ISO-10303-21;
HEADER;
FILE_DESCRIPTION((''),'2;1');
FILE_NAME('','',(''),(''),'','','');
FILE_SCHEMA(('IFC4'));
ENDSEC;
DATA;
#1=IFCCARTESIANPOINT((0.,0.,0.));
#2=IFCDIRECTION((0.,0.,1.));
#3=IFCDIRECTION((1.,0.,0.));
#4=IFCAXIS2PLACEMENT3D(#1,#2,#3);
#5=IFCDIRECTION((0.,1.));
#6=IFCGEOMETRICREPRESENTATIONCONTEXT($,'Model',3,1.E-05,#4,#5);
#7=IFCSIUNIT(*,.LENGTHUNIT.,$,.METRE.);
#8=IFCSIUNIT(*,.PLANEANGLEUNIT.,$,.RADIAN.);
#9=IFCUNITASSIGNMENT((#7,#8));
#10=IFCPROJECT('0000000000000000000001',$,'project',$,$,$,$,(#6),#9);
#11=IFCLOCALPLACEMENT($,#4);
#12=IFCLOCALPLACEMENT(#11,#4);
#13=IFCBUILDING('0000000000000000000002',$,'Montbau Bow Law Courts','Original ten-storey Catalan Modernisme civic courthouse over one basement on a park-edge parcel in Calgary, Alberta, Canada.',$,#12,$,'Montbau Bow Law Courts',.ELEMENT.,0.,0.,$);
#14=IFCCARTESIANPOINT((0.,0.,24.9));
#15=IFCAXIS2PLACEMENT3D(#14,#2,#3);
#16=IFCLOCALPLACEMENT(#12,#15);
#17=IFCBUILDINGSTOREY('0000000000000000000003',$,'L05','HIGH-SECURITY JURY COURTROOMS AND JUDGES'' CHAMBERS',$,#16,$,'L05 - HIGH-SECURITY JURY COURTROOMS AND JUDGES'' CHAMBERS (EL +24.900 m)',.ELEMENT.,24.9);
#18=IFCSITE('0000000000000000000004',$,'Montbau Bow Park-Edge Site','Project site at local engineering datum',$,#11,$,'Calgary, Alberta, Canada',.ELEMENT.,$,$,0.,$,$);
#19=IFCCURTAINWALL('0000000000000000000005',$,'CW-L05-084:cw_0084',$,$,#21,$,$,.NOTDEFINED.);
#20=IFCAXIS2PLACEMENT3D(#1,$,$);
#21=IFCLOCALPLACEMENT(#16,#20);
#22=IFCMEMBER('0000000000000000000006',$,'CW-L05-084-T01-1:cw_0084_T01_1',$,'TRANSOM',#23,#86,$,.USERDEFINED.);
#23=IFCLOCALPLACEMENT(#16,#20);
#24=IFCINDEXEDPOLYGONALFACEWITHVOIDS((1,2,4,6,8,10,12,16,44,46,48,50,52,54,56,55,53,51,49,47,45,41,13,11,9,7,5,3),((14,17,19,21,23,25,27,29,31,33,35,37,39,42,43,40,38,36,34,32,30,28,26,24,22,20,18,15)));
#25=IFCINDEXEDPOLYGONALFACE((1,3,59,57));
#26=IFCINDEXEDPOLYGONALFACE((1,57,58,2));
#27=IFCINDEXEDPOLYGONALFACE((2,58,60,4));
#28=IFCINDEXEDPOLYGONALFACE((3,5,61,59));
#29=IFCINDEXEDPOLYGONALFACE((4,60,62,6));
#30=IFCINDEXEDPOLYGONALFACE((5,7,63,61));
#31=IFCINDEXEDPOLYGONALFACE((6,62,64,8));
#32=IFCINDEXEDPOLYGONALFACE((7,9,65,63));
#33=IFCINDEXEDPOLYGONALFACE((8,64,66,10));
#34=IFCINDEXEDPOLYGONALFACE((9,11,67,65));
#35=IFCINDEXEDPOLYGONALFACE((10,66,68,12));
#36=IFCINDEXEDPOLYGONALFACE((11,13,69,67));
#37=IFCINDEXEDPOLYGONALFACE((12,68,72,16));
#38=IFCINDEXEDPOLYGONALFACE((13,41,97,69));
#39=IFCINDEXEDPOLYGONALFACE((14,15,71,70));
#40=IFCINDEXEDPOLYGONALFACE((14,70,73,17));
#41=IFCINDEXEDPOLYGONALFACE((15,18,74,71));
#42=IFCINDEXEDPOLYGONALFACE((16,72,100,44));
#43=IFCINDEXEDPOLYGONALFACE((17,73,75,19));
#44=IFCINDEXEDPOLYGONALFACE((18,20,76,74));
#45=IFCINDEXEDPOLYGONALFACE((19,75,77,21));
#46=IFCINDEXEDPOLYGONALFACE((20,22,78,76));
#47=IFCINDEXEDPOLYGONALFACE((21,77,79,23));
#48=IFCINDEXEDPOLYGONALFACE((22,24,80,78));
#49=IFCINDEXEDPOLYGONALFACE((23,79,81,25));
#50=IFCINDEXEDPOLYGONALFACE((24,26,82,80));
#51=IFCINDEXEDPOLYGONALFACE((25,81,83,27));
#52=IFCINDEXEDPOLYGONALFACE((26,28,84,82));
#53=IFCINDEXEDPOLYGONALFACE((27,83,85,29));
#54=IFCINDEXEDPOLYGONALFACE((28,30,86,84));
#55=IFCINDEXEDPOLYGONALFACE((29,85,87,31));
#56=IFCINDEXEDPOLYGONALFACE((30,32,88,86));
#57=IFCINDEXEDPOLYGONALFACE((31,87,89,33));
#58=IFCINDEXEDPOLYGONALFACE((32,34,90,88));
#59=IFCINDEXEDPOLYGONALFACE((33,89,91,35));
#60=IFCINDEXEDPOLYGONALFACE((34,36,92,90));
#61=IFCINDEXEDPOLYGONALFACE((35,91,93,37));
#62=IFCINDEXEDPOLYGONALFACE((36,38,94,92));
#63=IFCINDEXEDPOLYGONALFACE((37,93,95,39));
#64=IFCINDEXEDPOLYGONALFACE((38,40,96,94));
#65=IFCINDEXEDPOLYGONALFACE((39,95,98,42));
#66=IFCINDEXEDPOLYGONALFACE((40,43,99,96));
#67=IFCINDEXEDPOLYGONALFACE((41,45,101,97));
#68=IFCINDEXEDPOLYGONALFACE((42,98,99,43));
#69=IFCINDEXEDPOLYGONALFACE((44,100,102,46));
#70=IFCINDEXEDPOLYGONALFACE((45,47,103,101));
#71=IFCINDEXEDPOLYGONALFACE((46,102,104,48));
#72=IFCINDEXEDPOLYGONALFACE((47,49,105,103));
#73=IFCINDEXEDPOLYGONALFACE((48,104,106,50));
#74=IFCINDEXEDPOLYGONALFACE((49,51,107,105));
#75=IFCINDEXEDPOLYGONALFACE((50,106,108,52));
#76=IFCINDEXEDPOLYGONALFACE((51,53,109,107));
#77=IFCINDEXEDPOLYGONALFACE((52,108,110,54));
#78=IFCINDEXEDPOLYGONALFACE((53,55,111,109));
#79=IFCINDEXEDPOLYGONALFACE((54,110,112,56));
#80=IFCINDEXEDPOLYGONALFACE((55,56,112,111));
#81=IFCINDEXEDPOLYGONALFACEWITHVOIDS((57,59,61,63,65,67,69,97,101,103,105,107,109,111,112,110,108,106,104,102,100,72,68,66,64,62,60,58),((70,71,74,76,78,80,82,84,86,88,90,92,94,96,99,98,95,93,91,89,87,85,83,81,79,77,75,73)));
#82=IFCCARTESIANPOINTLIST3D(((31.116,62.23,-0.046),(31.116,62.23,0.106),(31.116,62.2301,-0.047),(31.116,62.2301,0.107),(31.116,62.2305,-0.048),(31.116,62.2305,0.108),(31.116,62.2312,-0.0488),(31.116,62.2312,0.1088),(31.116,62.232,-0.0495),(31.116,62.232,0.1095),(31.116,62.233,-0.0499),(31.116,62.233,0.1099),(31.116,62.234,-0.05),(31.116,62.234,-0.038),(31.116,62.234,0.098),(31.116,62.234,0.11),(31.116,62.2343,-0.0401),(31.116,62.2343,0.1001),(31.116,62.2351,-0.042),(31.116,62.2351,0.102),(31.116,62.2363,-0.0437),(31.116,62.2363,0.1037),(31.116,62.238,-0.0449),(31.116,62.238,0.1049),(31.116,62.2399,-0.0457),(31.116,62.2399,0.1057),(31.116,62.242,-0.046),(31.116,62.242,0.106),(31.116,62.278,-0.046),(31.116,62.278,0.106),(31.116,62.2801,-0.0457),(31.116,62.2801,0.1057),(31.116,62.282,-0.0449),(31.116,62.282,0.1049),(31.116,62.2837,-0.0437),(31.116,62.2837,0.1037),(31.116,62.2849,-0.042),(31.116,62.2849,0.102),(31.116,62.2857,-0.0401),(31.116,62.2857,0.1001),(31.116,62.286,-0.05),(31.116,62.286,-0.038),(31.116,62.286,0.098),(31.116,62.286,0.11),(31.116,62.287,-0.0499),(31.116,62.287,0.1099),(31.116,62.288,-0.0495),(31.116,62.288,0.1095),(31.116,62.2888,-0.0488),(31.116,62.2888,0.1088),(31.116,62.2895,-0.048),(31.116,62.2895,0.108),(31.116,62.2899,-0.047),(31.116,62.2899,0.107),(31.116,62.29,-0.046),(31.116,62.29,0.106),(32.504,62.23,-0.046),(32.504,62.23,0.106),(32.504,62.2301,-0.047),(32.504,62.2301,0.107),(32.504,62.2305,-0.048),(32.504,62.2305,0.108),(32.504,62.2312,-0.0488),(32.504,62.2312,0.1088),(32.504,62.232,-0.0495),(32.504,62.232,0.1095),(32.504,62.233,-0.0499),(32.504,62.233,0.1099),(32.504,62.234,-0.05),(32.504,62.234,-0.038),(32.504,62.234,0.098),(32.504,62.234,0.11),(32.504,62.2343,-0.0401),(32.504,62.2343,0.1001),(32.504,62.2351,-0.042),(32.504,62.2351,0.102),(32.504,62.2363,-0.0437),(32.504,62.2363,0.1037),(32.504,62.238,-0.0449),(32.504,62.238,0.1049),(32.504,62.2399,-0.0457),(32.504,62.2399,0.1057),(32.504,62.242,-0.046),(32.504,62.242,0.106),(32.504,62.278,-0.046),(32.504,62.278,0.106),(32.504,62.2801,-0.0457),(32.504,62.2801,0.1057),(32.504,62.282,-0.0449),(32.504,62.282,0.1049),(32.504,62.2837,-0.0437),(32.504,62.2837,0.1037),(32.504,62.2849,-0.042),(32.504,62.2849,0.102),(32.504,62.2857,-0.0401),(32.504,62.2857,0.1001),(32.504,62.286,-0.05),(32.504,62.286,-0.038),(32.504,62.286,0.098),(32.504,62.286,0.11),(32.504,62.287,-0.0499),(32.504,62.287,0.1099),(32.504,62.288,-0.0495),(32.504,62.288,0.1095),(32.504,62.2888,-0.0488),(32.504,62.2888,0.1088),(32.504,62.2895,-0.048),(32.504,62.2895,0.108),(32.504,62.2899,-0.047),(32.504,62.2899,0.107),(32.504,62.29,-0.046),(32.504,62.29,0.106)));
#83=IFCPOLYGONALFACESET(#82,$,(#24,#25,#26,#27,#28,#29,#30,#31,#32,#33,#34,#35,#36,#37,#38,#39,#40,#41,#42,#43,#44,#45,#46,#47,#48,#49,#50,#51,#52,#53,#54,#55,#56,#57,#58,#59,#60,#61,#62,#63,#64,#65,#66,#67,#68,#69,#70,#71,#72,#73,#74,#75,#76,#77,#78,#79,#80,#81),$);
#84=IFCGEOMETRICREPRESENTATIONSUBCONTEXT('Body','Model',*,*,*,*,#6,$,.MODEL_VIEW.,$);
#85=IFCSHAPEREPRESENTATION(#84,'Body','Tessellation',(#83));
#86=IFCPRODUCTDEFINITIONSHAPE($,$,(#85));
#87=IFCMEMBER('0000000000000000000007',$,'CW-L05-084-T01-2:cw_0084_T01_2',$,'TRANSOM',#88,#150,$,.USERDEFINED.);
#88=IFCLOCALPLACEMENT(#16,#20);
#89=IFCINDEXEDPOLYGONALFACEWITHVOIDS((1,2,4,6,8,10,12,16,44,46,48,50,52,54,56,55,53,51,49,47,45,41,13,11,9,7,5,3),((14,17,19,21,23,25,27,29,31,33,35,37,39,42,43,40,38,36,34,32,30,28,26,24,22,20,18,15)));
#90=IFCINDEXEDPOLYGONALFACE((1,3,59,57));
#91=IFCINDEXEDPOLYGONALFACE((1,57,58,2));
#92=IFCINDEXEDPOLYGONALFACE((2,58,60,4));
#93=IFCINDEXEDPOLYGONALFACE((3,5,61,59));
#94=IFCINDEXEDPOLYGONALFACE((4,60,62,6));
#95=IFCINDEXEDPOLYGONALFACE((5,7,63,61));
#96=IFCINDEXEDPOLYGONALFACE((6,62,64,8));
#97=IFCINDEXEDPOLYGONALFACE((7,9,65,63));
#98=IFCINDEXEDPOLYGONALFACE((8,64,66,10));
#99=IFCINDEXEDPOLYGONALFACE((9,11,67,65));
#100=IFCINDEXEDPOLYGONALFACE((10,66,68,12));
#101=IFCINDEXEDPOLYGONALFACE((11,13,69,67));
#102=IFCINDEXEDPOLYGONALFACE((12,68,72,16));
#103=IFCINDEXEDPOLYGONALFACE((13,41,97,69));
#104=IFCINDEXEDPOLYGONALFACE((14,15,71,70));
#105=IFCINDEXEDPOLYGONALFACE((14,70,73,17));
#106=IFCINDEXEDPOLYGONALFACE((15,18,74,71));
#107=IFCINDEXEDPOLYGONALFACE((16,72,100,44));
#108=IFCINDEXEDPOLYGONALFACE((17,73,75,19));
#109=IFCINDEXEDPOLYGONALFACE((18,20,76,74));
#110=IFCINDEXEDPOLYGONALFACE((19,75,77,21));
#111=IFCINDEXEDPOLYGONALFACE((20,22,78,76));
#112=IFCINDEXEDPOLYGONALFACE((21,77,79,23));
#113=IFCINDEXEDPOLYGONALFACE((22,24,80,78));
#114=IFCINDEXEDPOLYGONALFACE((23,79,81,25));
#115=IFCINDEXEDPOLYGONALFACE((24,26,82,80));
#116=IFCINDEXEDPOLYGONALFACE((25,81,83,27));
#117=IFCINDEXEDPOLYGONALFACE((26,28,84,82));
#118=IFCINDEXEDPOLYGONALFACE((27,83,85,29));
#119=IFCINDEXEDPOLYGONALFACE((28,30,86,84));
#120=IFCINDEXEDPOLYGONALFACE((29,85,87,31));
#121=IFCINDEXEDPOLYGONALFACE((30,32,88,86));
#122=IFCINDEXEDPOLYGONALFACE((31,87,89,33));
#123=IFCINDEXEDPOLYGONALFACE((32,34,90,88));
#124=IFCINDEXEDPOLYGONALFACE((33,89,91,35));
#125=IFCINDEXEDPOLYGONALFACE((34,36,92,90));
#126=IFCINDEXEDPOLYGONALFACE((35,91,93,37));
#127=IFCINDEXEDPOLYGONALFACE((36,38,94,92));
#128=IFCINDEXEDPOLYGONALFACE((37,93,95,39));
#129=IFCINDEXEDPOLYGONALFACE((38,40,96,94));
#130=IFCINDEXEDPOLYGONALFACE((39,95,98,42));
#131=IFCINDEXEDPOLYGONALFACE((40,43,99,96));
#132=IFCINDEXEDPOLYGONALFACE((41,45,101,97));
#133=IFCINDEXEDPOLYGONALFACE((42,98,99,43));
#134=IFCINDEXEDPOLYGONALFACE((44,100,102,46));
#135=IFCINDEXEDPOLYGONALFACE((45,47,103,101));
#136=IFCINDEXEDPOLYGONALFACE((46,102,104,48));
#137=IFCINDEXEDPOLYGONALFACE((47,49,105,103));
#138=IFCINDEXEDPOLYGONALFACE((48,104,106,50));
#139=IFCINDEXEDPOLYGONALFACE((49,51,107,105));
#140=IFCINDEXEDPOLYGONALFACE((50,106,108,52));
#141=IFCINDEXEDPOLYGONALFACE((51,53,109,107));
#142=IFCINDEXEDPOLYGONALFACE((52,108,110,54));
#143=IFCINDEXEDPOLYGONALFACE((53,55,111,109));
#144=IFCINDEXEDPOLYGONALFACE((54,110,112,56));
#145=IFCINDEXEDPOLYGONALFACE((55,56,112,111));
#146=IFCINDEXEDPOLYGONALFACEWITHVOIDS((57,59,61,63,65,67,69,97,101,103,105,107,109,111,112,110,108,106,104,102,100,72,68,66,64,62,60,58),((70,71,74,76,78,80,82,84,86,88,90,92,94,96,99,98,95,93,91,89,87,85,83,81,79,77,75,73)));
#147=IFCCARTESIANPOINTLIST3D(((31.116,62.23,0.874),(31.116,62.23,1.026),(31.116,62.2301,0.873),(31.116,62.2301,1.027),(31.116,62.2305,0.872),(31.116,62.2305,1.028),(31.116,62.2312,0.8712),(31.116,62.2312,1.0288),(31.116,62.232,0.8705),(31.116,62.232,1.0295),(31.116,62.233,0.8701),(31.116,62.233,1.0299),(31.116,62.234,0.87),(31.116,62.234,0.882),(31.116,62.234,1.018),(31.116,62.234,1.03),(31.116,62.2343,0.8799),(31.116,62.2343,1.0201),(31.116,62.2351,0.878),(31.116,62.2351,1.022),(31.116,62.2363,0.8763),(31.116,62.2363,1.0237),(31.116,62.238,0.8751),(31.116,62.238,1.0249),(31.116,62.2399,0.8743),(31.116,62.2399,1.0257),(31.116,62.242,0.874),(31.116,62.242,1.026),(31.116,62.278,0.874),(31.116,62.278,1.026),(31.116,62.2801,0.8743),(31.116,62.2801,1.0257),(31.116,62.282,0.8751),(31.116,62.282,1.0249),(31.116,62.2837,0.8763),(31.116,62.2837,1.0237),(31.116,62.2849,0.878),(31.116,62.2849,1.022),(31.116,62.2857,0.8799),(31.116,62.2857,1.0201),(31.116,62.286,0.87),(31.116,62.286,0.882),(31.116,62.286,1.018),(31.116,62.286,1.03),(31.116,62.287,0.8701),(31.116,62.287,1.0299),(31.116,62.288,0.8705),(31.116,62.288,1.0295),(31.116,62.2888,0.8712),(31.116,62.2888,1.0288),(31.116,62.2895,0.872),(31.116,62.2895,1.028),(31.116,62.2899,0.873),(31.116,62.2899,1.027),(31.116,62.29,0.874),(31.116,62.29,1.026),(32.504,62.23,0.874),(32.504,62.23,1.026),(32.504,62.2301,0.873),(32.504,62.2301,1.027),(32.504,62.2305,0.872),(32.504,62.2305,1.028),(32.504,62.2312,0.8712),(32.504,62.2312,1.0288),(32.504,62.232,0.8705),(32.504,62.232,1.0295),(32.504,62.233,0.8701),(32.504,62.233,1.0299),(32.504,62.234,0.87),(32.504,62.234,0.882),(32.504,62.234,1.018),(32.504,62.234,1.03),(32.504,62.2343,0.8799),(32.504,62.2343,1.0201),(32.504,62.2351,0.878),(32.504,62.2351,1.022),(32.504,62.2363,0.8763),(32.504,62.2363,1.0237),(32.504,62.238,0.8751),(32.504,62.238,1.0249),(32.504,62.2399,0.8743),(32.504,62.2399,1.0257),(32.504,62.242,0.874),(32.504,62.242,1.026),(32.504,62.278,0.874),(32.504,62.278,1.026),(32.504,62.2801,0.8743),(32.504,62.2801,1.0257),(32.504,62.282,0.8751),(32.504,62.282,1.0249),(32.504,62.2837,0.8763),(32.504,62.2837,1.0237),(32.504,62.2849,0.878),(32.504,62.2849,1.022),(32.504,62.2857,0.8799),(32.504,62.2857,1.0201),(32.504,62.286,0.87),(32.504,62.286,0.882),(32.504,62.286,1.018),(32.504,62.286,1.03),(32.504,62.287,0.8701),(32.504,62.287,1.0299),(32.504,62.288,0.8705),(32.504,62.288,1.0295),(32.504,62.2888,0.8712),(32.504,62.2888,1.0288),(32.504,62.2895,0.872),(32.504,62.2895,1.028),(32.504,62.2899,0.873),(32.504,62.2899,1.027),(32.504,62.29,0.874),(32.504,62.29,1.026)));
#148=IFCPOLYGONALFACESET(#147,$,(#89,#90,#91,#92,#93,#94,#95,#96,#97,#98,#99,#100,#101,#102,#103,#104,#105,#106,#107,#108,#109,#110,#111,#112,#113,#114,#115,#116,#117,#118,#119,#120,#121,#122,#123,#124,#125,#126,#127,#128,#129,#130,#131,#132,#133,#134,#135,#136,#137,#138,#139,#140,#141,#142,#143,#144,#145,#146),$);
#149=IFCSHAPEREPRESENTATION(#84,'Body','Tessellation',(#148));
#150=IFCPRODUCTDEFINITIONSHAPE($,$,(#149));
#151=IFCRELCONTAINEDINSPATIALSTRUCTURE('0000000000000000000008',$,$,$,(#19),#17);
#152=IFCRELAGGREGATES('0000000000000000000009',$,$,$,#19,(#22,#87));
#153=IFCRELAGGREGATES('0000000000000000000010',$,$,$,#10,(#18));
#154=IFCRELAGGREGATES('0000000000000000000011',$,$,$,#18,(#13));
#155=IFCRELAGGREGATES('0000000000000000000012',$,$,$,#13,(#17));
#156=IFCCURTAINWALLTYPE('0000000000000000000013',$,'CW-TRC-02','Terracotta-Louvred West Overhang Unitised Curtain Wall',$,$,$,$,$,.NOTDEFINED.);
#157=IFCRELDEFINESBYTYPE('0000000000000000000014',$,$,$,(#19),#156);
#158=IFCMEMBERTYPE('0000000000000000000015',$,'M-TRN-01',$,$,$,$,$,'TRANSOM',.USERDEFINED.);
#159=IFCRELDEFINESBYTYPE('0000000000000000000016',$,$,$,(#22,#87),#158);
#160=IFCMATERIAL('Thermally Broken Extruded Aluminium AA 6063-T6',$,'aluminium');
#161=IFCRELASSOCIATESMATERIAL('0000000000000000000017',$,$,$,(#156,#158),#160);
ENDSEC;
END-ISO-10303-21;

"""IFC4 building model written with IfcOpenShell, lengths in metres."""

from ifc_helpers import new_model, si_unit, direction, frame, origin_with_axes, origin_2d_with_axis, place, context, subcontext, project, spatial, hollow_rectangle, extrude, material, material_profile, profile_set, type_object, element, aggregate, save


model = new_model("IFC4")

# Units and contexts
model_context = context("Model", 3, precision=1e-05, world=origin_with_axes(), true_north=direction((0.0, 1.0)))
body_context = subcontext(model_context, "Body", "Model", "MODEL_VIEW")
ifc_project = project(units=[si_unit("LENGTHUNIT", "METRE"), si_unit("PLANEANGLEUNIT", "RADIAN")], contexts=[model_context])

# Site, building, storey
site_placement = place(None, origin_with_axes())
site = spatial("IfcSite", under=ifc_project, at=site_placement, Name="Montbau Bow Park-Edge Site", Description="Project site at local engineering datum", LongName="Calgary, Alberta, Canada", CompositionType="ELEMENT", RefElevation=0.0)
building_placement = place(site_placement, origin_with_axes())
building = spatial("IfcBuilding", under=site, at=building_placement, Name="Montbau Bow Law Courts", Description="Original ten-storey Catalan Modernisme civic courthouse over one basement on a park-edge parcel in Calgary, Alberta, Canada.", LongName="Montbau Bow Law Courts", CompositionType="ELEMENT", ElevationOfRefHeight=0.0, ElevationOfTerrain=0.0)
storey_placement = place(building_placement, frame((0.0, 0.0, 24.9), z_axis=(0.0, 0.0, 1.0), x_axis=(1.0, 0.0, 0.0)))
storey = spatial("IfcBuildingStorey", under=building, at=storey_placement, Name="L05", Description="HIGH-SECURITY JURY COURTROOMS AND JUDGES' CHAMBERS", LongName="L05 - HIGH-SECURITY JURY COURTROOMS AND JUDGES' CHAMBERS (EL +24.900 m)", CompositionType="ELEMENT", Elevation=24.9)

# Curtain wall, members
ifc_material_1 = material(Name="Thermally Broken Extruded Aluminium AA 6063-T6", Category="aluminium")
curtain_wall_type = type_object("IfcCurtainWallType", Name="CW-TRC-02", Description="Terracotta-Louvred West Overhang Unitised Curtain Wall", PredefinedType="NOTDEFINED", material=ifc_material_1)
curtain_wall_placement = place(None, frame((31.04, 62.26, 24.9), z_axis=(0.0, 0.0, 1.0), x_axis=(1.0, 0.0, 0.0)))
curtain_wall = element("IfcCurtainWall", 1, at=curtain_wall_placement, inside=storey, type_object=curtain_wall_type, Name="CW-L05-084:cw_0084", PredefinedType="NOTDEFINED")
ifc_material_profile_1 = material_profile(ifc_material_1, hollow_rectangle(XDim=0.06, YDim=0.16, WallThickness=0.004, InnerFilletRadius=0.008, OuterFilletRadius=0.004, at=origin_2d_with_axis()), Name="CWT-160X60", Category="Main", Priority=0)
ifc_profile_set_1 = profile_set([ifc_material_profile_1], Name="Thermally Broken Extruded Aluminium AA 6063-T6")
member_type_1 = type_object("IfcMemberType", Name="M-TRN-01", ElementType="TRANSOM", PredefinedType="USERDEFINED", material=ifc_profile_set_1)
member_1_placement = place(None, frame((31.116, 62.26, 24.93), z_axis=(1.0, 0.0, 0.0), x_axis=(0.0, 1.0, 0.0)))
member_1 = element("IfcMember", 2, at=member_1_placement, type_object=member_type_1, Name="CW-L05-084-T01-1:cw_0084_T01_1", ObjectType="TRANSOM", PredefinedType="USERDEFINED", context=body_context, shape_type="SweptSolid", body=[
    extrude(hollow_rectangle(XDim=0.06, YDim=0.16, WallThickness=0.004, InnerFilletRadius=0.008, OuterFilletRadius=0.004, at=origin_2d_with_axis()), origin_with_axes(), (0.0, 0.0, 1.0), 1.388),
])
member_2_placement = place(None, frame((31.116, 62.26, 25.85), z_axis=(1.0, 0.0, 0.0), x_axis=(0.0, 1.0, 0.0)))
member_2 = element("IfcMember", 3, at=member_2_placement, type_object=member_type_1, Name="CW-L05-084-T01-2:cw_0084_T01_2", ObjectType="TRANSOM", PredefinedType="USERDEFINED", context=body_context, shape_type="SweptSolid", body=[
    extrude(hollow_rectangle(XDim=0.06, YDim=0.16, WallThickness=0.004, InnerFilletRadius=0.008, OuterFilletRadius=0.004, at=origin_2d_with_axis()), origin_with_axes(), (0.0, 0.0, 1.0), 1.388),
])
aggregate(curtain_wall, [member_1, member_2])

save(model, "model.ifc")
